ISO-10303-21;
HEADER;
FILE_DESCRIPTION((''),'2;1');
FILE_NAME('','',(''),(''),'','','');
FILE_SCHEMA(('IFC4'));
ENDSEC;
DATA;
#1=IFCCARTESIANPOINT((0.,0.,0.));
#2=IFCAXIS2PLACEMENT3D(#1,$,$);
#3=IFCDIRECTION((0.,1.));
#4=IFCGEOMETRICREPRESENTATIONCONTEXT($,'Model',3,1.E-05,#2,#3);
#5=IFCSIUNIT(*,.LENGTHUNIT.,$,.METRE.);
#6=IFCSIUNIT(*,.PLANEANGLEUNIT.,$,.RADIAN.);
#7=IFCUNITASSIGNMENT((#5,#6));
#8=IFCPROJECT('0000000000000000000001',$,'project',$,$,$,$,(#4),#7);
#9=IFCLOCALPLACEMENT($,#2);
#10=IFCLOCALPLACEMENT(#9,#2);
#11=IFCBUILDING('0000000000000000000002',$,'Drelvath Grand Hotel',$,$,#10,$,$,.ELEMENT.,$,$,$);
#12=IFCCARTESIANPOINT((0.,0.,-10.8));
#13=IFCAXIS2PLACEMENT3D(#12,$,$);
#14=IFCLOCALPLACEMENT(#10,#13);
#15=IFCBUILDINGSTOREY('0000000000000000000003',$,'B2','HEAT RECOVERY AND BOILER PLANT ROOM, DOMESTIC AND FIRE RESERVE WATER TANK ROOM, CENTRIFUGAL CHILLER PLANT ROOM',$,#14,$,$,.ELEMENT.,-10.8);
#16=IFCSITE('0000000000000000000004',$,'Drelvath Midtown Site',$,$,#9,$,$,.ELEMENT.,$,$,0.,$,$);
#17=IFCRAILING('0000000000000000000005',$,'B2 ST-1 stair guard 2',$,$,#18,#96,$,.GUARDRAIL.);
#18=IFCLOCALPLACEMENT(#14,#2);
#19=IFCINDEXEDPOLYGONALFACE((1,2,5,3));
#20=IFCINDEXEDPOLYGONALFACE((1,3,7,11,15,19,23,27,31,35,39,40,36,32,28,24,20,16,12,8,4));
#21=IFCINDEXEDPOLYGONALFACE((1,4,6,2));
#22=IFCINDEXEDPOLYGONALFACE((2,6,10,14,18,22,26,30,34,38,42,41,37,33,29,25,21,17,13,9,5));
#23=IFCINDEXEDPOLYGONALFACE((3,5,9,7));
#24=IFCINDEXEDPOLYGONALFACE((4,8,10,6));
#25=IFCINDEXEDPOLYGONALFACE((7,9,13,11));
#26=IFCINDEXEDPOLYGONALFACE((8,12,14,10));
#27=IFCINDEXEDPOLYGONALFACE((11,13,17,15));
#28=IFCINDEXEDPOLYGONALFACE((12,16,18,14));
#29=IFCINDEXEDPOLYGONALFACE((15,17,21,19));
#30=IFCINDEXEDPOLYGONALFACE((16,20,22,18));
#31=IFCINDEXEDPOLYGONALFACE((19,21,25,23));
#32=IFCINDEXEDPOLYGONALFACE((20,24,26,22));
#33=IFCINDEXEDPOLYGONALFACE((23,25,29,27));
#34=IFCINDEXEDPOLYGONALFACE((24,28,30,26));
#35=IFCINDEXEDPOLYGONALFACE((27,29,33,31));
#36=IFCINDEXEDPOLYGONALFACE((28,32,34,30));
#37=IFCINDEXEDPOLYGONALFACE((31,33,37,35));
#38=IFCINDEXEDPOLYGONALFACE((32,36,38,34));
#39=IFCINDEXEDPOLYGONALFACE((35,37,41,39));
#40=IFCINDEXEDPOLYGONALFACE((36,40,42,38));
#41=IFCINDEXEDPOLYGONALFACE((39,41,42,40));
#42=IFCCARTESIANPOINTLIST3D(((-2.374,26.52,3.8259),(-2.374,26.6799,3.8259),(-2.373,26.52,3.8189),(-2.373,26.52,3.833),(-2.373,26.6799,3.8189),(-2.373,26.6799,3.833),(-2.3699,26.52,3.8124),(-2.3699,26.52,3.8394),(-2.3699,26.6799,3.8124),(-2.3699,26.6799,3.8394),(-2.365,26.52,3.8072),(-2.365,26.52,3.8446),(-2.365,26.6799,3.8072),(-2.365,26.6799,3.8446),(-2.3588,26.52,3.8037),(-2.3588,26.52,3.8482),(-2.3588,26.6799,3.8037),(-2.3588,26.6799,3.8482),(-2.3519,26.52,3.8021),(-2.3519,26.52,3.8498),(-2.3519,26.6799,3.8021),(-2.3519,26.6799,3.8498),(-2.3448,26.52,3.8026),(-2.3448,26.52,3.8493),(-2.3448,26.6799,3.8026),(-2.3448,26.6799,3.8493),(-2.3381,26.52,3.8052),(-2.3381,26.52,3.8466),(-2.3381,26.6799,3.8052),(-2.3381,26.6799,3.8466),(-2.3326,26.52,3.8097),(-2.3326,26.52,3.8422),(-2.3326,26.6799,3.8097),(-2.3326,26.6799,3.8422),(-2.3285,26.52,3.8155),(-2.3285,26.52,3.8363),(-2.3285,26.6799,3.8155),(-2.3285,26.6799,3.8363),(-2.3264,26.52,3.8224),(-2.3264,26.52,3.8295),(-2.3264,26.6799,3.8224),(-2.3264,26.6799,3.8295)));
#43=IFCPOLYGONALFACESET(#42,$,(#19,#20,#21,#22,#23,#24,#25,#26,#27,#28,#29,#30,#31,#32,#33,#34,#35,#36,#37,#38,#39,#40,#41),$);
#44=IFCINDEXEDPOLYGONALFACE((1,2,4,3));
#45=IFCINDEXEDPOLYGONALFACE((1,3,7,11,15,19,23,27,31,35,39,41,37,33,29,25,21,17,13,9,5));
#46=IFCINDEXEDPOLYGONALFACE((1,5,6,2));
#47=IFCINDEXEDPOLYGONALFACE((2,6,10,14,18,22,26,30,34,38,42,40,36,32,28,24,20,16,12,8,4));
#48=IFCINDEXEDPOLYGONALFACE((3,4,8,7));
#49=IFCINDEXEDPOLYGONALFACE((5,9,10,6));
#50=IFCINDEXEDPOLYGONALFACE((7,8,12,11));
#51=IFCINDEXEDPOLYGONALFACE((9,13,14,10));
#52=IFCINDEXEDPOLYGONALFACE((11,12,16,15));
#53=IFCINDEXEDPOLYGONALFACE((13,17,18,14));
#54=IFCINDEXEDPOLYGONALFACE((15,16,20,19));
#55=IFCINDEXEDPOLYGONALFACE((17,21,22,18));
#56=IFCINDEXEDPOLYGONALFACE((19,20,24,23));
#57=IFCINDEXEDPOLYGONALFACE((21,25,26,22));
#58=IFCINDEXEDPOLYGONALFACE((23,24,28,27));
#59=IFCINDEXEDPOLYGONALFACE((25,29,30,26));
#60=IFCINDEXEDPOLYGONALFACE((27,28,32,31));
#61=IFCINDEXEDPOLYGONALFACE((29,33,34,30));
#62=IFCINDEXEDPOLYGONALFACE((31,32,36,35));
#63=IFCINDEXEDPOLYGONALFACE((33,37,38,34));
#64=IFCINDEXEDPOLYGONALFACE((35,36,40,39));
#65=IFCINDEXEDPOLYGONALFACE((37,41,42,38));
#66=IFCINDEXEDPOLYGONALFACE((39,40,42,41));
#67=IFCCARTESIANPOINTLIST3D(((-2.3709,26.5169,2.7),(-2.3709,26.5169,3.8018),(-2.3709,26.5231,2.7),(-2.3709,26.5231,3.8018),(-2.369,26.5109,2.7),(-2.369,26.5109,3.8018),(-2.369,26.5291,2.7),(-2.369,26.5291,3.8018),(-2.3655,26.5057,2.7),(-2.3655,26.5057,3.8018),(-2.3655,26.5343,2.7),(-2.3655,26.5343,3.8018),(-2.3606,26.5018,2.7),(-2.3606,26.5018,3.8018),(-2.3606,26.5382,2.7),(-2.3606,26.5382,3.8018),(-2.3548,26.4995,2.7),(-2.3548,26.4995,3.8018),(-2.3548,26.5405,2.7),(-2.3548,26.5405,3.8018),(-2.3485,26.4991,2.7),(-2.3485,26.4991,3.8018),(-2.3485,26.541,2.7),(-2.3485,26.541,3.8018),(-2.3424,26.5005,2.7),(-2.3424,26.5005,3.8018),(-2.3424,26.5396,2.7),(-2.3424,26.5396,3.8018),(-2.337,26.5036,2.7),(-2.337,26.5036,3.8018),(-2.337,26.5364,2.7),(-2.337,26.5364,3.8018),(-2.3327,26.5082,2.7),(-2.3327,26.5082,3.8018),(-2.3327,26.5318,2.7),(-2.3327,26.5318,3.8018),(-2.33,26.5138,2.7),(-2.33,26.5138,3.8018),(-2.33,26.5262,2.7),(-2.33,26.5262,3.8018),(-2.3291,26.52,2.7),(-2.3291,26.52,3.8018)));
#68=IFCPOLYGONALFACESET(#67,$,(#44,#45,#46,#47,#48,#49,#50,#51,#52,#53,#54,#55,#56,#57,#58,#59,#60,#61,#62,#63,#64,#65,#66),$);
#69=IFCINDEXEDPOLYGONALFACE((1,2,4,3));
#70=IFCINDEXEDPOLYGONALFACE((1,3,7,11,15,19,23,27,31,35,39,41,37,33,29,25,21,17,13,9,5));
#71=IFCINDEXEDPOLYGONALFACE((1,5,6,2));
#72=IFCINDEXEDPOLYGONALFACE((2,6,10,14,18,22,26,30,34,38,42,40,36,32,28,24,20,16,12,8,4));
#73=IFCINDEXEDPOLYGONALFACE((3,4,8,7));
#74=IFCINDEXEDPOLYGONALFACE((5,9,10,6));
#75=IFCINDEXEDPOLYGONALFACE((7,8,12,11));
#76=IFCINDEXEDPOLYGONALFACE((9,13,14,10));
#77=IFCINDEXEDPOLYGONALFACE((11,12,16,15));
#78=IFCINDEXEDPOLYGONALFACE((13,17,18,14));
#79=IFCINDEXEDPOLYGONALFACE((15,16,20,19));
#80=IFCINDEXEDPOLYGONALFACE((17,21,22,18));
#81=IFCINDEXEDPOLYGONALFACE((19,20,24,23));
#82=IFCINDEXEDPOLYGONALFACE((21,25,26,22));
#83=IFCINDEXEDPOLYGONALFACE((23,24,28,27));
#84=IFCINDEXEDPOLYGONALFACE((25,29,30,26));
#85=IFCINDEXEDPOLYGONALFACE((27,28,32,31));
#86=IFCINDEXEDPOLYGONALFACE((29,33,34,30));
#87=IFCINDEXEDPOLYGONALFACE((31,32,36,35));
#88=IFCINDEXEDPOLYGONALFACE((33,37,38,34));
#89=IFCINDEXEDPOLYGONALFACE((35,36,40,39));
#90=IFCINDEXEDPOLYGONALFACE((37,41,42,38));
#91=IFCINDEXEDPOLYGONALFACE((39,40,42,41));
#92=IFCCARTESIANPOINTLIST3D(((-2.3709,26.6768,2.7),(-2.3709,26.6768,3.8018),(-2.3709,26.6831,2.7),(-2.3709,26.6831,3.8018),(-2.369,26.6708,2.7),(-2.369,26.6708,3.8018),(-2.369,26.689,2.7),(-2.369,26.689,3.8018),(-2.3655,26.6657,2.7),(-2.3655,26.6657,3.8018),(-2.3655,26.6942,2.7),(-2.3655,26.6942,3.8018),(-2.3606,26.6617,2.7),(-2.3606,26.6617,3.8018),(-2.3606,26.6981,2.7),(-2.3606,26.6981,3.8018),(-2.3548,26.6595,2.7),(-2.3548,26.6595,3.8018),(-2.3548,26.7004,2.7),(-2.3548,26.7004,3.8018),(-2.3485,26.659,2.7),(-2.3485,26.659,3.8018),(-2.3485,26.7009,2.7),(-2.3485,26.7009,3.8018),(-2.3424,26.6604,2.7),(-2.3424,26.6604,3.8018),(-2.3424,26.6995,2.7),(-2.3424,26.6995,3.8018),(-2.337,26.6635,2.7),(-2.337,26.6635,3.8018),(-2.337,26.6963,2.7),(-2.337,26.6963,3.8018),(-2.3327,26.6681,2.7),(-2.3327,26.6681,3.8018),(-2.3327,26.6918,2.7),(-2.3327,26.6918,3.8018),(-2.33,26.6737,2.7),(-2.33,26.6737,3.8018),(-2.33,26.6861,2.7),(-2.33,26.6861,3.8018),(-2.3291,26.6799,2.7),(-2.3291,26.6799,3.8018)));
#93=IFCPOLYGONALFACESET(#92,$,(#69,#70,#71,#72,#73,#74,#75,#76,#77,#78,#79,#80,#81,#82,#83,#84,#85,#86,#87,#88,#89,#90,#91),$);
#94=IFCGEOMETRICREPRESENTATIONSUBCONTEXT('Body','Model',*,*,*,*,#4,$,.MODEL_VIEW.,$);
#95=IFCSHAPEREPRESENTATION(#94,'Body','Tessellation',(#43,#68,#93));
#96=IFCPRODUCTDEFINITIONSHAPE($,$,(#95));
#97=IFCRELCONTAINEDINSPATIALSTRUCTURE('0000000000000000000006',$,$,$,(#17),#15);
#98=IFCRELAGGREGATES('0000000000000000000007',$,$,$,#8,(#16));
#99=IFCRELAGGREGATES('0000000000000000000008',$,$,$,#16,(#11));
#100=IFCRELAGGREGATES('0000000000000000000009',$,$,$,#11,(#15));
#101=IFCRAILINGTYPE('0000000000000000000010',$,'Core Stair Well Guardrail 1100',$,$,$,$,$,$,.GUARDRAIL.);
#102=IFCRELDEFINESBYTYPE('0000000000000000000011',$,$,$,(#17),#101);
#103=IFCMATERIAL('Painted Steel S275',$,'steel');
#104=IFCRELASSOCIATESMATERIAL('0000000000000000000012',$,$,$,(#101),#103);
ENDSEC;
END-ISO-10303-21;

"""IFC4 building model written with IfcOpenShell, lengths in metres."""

from ifc_helpers import new_model, si_unit, direction, frame, origin, origin_2d, place, context, subcontext, project, spatial, circle, extrude, material, type_object, element, save


model = new_model("IFC4")

# Units and contexts
model_context = context("Model", 3, precision=1e-05, world=origin(), true_north=direction((0.0, 1.0)))
body_context = subcontext(model_context, "Body", "Model", "MODEL_VIEW")
ifc_project = project(units=[si_unit("LENGTHUNIT", "METRE"), si_unit("PLANEANGLEUNIT", "RADIAN")], contexts=[model_context])

# Site, building, storey
site_placement = place(None, origin())
site = spatial("IfcSite", under=ifc_project, at=site_placement, Name="Drelvath Midtown Site", CompositionType="ELEMENT", RefElevation=0.0)
building_placement = place(site_placement, origin())
building = spatial("IfcBuilding", under=site, at=building_placement, Name="Drelvath Grand Hotel", CompositionType="ELEMENT")
storey_placement = place(building_placement, frame((0.0, 0.0, -10.8)))
storey = spatial("IfcBuildingStorey", under=building, at=storey_placement, Name="B2", Description="HEAT RECOVERY AND BOILER PLANT ROOM, DOMESTIC AND FIRE RESERVE WATER TANK ROOM, CENTRIFUGAL CHILLER PLANT ROOM", CompositionType="ELEMENT", Elevation=-10.8)

# Shared definitions
ifc_material_1 = material(Name="Painted Steel S275", Category="steel")

# Railing
railing_type_1 = type_object("IfcRailingType", Name="Core Stair Well Guardrail 1100", PredefinedType="GUARDRAIL", material=ifc_material_1)
railing_1_placement = place(storey_placement, frame((-2.3501, 26.52, 2.7)))
element("IfcRailing", 1, at=railing_1_placement, inside=storey, type_object=railing_type_1, Name="B2 ST-1 stair guard 2", PredefinedType="GUARDRAIL", context=body_context, shape_type="SweptSolid", body=[
    extrude(circle(Radius=0.0239, at=origin_2d()), frame((0.0, 0.0, 1.126), z_axis=(0.0, 1.0, 0.0), x_axis=(-1.0, 0.0, 0.0)), (0.0, 0.0, 1.0), 0.1599),
    extrude(circle(Radius=0.021, at=origin_2d()), origin(), (0.0, 0.0, 1.0), 1.1018),
    extrude(circle(Radius=0.021, at=origin_2d()), frame((0.0, 0.1599, 0.0)), (0.0, 0.0, 1.0), 1.1018),
])

save(model, "model.ifc")
